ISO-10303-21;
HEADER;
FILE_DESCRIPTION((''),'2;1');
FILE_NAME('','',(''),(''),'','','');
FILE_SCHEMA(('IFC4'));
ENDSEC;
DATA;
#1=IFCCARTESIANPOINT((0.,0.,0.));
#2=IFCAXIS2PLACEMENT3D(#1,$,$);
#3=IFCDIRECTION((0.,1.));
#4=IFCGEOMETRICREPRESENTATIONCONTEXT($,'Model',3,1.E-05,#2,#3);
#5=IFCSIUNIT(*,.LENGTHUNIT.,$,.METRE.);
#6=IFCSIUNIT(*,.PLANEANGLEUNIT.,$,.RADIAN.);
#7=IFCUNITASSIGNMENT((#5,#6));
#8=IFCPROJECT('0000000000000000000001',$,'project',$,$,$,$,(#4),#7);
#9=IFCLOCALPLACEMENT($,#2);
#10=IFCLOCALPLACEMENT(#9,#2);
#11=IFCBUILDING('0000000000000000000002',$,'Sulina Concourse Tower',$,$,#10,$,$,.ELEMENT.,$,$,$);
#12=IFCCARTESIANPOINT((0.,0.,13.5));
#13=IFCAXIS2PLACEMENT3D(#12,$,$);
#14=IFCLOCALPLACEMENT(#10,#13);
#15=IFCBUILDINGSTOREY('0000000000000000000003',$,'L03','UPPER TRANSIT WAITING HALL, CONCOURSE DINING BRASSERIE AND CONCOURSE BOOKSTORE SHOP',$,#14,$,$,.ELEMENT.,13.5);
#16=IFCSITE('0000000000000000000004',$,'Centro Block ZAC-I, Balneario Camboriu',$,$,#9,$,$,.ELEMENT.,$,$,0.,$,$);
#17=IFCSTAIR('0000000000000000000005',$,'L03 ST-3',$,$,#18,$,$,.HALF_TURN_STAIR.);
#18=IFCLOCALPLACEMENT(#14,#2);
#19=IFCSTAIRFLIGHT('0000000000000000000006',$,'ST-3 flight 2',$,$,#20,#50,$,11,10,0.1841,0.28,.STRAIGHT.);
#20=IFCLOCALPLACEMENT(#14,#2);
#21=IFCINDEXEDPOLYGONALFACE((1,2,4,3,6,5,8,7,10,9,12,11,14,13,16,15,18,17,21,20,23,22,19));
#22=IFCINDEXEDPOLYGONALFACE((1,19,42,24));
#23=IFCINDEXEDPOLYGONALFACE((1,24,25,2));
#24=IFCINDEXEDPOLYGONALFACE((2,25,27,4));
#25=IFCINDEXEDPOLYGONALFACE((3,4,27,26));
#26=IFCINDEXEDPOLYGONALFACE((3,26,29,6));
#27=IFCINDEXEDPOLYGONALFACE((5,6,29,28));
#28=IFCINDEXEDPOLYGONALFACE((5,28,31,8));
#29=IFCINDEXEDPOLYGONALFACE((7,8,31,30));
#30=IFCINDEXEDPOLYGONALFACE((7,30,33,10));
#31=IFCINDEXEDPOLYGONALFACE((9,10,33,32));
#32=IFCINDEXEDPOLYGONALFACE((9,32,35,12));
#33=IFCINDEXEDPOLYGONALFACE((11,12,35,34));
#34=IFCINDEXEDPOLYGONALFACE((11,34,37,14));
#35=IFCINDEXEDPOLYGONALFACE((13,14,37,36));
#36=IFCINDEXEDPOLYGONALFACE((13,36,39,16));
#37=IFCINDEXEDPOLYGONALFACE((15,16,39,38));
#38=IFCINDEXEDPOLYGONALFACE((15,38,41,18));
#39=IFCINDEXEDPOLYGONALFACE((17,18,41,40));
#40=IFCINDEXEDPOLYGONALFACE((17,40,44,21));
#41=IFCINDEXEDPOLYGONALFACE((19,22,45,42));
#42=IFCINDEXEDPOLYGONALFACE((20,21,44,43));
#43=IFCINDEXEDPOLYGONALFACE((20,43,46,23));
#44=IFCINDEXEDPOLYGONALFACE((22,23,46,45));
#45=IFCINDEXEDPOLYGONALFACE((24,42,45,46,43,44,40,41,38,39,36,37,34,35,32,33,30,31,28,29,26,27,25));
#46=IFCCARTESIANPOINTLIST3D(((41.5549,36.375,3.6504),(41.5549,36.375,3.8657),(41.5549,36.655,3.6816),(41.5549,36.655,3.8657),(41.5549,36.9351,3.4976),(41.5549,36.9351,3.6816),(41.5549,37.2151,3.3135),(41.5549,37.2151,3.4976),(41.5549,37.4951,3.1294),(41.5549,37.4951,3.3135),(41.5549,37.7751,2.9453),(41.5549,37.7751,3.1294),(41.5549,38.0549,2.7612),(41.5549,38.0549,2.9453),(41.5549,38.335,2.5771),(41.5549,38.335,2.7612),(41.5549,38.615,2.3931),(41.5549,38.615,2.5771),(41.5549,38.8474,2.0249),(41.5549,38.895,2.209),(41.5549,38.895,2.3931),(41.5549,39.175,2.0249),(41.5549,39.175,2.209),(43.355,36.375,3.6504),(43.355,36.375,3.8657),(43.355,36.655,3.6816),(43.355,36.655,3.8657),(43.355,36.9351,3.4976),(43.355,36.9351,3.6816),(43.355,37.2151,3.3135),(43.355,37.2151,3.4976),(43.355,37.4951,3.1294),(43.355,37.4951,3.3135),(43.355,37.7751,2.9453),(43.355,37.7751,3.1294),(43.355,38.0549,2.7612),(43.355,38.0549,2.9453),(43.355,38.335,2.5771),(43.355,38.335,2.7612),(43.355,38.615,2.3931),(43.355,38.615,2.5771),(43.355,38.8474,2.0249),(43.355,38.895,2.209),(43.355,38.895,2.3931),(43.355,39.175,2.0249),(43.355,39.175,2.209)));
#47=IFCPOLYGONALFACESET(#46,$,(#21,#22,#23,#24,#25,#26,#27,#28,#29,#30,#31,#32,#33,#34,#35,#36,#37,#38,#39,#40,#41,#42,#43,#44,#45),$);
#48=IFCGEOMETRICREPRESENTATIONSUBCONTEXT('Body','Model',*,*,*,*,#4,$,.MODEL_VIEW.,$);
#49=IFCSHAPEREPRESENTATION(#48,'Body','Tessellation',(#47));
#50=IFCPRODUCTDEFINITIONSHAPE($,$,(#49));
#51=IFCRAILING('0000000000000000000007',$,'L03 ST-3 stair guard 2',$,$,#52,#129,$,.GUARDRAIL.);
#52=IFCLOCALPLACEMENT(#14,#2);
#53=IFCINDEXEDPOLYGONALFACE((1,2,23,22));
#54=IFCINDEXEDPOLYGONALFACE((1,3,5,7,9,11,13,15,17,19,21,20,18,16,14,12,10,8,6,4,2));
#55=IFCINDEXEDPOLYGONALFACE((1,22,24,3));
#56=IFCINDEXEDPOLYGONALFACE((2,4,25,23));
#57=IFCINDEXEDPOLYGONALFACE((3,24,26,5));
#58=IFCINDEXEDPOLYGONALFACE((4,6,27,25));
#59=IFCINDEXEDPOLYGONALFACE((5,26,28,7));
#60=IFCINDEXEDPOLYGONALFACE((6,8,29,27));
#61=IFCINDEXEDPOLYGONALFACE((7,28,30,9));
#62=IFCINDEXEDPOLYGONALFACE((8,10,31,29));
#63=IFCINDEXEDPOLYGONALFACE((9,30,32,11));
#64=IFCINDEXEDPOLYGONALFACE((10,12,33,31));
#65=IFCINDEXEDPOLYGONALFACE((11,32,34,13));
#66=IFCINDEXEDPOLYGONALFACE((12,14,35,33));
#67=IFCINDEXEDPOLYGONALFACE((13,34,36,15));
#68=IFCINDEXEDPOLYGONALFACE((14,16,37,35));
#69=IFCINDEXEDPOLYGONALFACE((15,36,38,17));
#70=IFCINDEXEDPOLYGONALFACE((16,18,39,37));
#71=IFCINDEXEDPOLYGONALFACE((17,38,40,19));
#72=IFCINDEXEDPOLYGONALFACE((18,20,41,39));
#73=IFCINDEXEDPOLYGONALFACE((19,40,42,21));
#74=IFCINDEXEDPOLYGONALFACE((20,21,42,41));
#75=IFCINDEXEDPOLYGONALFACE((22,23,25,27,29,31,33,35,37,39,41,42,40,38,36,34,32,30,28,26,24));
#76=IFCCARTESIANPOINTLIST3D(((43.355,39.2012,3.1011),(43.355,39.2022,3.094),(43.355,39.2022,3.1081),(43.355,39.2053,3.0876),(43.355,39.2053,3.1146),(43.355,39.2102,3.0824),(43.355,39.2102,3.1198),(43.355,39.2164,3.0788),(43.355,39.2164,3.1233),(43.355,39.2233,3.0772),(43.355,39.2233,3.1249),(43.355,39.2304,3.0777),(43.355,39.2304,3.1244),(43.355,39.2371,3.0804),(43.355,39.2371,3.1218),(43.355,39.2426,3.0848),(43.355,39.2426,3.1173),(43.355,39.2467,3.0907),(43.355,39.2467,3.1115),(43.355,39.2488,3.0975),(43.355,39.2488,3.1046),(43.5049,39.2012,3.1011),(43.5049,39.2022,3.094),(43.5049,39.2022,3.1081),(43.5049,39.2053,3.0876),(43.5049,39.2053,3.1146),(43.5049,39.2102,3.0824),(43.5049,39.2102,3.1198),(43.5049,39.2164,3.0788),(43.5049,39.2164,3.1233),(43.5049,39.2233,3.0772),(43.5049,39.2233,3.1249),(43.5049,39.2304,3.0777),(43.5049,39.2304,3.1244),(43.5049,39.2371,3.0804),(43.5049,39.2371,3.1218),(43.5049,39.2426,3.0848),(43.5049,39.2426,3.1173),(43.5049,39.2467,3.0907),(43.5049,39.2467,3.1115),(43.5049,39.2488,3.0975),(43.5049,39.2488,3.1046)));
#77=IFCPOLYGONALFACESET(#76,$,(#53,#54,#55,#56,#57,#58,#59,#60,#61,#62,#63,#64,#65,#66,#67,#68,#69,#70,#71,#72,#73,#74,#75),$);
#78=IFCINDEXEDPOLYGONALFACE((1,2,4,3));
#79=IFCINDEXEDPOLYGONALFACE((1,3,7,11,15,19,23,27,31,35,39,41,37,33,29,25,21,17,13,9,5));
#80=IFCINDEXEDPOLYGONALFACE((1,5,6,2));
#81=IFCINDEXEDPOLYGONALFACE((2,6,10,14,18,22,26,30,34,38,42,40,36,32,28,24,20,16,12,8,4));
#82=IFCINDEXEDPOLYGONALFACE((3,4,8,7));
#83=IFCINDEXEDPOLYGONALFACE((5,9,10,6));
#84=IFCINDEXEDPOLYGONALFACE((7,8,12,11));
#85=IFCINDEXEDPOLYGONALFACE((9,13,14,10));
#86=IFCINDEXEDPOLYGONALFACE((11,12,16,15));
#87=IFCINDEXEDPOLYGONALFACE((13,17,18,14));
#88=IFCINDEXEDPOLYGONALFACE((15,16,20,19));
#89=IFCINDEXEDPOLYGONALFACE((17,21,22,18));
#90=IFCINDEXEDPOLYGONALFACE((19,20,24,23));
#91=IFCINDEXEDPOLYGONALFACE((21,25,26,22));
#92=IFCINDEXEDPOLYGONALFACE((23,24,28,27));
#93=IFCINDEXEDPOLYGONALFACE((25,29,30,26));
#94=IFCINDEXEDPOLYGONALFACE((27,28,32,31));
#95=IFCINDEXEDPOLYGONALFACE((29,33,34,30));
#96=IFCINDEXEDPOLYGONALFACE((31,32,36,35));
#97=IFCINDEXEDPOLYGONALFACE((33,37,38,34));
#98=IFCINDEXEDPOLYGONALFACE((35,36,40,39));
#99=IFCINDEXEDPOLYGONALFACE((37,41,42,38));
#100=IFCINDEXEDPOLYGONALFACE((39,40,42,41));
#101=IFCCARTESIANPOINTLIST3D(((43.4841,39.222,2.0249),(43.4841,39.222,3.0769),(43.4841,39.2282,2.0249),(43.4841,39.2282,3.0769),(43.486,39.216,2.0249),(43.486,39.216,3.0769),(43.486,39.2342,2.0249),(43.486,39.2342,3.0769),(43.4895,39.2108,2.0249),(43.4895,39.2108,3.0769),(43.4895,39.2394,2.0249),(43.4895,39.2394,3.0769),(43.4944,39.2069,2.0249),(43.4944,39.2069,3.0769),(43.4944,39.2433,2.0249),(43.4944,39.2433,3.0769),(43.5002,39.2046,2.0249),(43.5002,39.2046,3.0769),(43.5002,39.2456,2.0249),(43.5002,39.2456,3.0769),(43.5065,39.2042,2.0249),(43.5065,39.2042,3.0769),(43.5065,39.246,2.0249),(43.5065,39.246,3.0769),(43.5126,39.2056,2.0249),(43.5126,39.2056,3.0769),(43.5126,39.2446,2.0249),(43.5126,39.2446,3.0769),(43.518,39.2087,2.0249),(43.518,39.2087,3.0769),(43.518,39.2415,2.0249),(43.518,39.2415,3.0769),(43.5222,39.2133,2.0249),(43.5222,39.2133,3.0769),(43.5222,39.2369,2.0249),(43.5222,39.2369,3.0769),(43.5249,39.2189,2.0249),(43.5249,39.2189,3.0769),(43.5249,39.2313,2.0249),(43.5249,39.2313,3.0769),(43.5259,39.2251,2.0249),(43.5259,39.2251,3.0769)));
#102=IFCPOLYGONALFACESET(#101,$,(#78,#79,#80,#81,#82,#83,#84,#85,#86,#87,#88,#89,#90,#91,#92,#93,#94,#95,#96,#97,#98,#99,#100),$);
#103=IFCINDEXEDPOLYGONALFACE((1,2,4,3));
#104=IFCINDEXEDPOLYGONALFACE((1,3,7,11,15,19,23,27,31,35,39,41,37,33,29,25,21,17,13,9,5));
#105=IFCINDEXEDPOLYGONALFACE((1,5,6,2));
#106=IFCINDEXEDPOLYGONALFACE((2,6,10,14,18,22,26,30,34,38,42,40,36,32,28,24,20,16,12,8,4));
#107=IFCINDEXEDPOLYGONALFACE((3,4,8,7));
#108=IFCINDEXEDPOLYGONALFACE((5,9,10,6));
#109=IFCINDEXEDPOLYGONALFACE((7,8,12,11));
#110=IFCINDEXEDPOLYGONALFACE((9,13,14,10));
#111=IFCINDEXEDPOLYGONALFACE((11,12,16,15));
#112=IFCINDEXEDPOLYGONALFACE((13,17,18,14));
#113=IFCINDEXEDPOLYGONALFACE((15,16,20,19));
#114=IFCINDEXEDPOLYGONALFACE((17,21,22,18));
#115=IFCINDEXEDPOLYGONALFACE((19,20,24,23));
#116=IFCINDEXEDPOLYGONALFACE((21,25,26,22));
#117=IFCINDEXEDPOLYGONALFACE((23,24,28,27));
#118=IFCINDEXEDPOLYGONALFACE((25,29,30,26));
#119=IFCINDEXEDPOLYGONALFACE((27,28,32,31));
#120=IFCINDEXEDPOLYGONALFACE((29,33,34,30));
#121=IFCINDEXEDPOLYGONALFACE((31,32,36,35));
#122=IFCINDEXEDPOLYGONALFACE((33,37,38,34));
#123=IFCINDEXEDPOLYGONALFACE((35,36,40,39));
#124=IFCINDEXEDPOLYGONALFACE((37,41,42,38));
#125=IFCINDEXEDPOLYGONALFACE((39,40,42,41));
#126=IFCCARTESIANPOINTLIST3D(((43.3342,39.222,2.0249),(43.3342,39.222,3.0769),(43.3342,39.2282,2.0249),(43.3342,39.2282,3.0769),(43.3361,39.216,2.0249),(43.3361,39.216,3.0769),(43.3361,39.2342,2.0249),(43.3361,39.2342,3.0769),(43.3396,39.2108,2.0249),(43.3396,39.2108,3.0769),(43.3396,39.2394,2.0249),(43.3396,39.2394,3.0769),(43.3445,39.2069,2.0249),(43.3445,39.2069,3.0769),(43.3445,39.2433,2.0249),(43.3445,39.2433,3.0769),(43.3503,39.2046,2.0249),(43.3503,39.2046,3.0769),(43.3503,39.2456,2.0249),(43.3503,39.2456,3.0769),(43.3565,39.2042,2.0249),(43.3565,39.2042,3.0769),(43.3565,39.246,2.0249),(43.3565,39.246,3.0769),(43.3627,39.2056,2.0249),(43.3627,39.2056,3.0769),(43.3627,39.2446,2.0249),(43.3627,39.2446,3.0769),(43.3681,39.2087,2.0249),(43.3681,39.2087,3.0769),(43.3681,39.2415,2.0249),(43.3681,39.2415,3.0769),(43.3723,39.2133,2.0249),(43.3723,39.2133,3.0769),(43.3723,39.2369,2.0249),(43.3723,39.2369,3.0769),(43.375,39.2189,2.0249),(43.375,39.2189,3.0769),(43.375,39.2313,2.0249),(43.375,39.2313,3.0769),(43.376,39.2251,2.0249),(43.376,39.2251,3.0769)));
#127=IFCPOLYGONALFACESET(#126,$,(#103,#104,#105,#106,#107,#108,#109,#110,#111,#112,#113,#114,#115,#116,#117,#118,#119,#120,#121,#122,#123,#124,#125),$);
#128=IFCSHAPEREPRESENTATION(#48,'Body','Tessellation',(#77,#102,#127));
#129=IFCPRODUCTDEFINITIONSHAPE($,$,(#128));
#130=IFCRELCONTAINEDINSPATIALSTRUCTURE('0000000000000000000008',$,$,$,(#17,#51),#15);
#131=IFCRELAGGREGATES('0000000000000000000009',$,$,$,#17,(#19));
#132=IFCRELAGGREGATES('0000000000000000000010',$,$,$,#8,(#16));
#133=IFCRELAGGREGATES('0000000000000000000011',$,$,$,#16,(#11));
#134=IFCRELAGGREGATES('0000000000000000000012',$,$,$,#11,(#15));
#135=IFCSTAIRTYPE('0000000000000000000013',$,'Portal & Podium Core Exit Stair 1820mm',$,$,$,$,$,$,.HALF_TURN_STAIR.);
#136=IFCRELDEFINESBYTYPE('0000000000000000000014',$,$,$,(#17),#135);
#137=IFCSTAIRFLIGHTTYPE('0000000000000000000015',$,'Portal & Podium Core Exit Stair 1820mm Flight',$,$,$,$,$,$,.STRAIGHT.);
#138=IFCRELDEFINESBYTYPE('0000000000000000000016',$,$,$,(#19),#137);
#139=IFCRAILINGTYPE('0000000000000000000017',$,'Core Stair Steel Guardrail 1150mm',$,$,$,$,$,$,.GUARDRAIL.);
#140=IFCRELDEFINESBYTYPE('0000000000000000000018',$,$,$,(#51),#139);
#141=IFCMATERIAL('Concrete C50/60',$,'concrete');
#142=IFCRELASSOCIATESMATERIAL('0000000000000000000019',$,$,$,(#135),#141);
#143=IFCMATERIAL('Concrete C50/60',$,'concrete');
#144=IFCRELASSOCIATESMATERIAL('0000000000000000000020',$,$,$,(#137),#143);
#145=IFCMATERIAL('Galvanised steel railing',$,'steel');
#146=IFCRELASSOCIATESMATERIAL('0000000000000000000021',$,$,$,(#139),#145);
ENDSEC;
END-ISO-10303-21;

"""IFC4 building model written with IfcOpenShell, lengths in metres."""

from ifc_helpers import new_model, si_unit, direction, frame, origin, origin_2d, place, context, subcontext, project, spatial, polyline, circle, outline, extrude, material, type_object, element, aggregate, save


model = new_model("IFC4")

# Units and contexts
model_context = context("Model", 3, precision=1e-05, world=origin(), true_north=direction((0.0, 1.0)))
body_context = subcontext(model_context, "Body", "Model", "MODEL_VIEW")
ifc_project = project(units=[si_unit("LENGTHUNIT", "METRE"), si_unit("PLANEANGLEUNIT", "RADIAN")], contexts=[model_context])

# Site, building, storey
site_placement = place(None, origin())
site = spatial("IfcSite", under=ifc_project, at=site_placement, Name="Centro Block ZAC-I, Balneario Camboriu", CompositionType="ELEMENT", RefElevation=0.0)
building_placement = place(site_placement, origin())
building = spatial("IfcBuilding", under=site, at=building_placement, Name="Sulina Concourse Tower", CompositionType="ELEMENT")
storey_placement = place(building_placement, frame((0.0, 0.0, 13.5)))
storey = spatial("IfcBuildingStorey", under=building, at=storey_placement, Name="L03", Description="UPPER TRANSIT WAITING HALL, CONCOURSE DINING BRASSERIE AND CONCOURSE BOOKSTORE SHOP", CompositionType="ELEMENT", Elevation=13.5)

# Stair, stair flight
ifc_material_1 = material(Name="Concrete C50/60", Category="concrete")
stair_type = type_object("IfcStairType", Name="Portal & Podium Core Exit Stair 1820mm", PredefinedType="HALF_TURN_STAIR", material=ifc_material_1)
stair_placement = place(storey_placement, origin())
stair = element("IfcStair", 1, at=stair_placement, inside=storey, type_object=stair_type, Name="L03 ST-3", PredefinedType="HALF_TURN_STAIR")
ifc_material_2 = material(Name="Concrete C50/60", Category="concrete")
stair_flight_type = type_object("IfcStairFlightType", Name="Portal & Podium Core Exit Stair 1820mm Flight", PredefinedType="STRAIGHT", material=ifc_material_2)
stair_flight_placement = place(storey_placement, frame((42.4551, 39.175, 2.0249), z_axis=(0.0, 0.0, 1.0), x_axis=(0.0, -1.0, 0.0)))
stair_flight = element("IfcStairFlight", 2, at=stair_flight_placement, type_object=stair_flight_type, Name="ST-3 flight 2", NumberOfRisers=11, NumberOfTreads=10, PredefinedType="STRAIGHT", RiserHeight=0.1841, TreadLength=0.28, context=body_context, shape_type="SweptSolid", body=[
    extrude(outline(polyline([(0.0, 0.0), (0.0, 0.1841), (0.28, 0.1841), (0.28, 0.3682), (0.5601, 0.3682), (0.5601, 0.5522), (0.8401, 0.5522), (0.8401, 0.7363), (1.1201, 0.7363), (1.1201, 0.9204), (1.3999, 0.9204), (1.3999, 1.1045), (1.6799, 1.1045), (1.6799, 1.2886), (1.96, 1.2886), (1.96, 1.4727), (2.24, 1.4727), (2.24, 1.6567), (2.52, 1.6567), (2.52, 1.8408), (2.8, 1.8408), (2.8, 2.0249), (2.8, 1.6255), (0.3276, 0.0), (0.0, 0.0)])), frame((0.0, 0.8999, 0.0), z_axis=(0.0, -1.0, 0.0), x_axis=(1.0, 0.0, 0.0)), (0.0, 0.0, 1.0), 1.8),
])
aggregate(stair, [stair_flight])

# Railing
ifc_material_3 = material(Name="Galvanised steel railing", Category="steel")
railing_type_1 = type_object("IfcRailingType", Name="Core Stair Steel Guardrail 1150mm", PredefinedType="GUARDRAIL", material=ifc_material_3)
railing_1_placement = place(storey_placement, frame((43.5049, 39.2251, 2.0249)))
element("IfcRailing", 3, at=railing_1_placement, inside=storey, type_object=railing_type_1, Name="L03 ST-3 stair guard 2", PredefinedType="GUARDRAIL", context=body_context, shape_type="SweptSolid", body=[
    extrude(circle(Radius=0.0239, at=origin_2d()), frame((0.0, 0.0, 1.0762), z_axis=(-1.0, 0.0, 0.0), x_axis=(0.0, -1.0, 0.0)), (0.0, 0.0, 1.0), 0.1499),
    extrude(circle(Radius=0.021, at=origin_2d()), origin(), (0.0, 0.0, 1.0), 1.052),
    extrude(circle(Radius=0.021, at=origin_2d()), frame((-0.1499, 0.0, 0.0)), (0.0, 0.0, 1.0), 1.052),
])

save(model, "model.ifc")
